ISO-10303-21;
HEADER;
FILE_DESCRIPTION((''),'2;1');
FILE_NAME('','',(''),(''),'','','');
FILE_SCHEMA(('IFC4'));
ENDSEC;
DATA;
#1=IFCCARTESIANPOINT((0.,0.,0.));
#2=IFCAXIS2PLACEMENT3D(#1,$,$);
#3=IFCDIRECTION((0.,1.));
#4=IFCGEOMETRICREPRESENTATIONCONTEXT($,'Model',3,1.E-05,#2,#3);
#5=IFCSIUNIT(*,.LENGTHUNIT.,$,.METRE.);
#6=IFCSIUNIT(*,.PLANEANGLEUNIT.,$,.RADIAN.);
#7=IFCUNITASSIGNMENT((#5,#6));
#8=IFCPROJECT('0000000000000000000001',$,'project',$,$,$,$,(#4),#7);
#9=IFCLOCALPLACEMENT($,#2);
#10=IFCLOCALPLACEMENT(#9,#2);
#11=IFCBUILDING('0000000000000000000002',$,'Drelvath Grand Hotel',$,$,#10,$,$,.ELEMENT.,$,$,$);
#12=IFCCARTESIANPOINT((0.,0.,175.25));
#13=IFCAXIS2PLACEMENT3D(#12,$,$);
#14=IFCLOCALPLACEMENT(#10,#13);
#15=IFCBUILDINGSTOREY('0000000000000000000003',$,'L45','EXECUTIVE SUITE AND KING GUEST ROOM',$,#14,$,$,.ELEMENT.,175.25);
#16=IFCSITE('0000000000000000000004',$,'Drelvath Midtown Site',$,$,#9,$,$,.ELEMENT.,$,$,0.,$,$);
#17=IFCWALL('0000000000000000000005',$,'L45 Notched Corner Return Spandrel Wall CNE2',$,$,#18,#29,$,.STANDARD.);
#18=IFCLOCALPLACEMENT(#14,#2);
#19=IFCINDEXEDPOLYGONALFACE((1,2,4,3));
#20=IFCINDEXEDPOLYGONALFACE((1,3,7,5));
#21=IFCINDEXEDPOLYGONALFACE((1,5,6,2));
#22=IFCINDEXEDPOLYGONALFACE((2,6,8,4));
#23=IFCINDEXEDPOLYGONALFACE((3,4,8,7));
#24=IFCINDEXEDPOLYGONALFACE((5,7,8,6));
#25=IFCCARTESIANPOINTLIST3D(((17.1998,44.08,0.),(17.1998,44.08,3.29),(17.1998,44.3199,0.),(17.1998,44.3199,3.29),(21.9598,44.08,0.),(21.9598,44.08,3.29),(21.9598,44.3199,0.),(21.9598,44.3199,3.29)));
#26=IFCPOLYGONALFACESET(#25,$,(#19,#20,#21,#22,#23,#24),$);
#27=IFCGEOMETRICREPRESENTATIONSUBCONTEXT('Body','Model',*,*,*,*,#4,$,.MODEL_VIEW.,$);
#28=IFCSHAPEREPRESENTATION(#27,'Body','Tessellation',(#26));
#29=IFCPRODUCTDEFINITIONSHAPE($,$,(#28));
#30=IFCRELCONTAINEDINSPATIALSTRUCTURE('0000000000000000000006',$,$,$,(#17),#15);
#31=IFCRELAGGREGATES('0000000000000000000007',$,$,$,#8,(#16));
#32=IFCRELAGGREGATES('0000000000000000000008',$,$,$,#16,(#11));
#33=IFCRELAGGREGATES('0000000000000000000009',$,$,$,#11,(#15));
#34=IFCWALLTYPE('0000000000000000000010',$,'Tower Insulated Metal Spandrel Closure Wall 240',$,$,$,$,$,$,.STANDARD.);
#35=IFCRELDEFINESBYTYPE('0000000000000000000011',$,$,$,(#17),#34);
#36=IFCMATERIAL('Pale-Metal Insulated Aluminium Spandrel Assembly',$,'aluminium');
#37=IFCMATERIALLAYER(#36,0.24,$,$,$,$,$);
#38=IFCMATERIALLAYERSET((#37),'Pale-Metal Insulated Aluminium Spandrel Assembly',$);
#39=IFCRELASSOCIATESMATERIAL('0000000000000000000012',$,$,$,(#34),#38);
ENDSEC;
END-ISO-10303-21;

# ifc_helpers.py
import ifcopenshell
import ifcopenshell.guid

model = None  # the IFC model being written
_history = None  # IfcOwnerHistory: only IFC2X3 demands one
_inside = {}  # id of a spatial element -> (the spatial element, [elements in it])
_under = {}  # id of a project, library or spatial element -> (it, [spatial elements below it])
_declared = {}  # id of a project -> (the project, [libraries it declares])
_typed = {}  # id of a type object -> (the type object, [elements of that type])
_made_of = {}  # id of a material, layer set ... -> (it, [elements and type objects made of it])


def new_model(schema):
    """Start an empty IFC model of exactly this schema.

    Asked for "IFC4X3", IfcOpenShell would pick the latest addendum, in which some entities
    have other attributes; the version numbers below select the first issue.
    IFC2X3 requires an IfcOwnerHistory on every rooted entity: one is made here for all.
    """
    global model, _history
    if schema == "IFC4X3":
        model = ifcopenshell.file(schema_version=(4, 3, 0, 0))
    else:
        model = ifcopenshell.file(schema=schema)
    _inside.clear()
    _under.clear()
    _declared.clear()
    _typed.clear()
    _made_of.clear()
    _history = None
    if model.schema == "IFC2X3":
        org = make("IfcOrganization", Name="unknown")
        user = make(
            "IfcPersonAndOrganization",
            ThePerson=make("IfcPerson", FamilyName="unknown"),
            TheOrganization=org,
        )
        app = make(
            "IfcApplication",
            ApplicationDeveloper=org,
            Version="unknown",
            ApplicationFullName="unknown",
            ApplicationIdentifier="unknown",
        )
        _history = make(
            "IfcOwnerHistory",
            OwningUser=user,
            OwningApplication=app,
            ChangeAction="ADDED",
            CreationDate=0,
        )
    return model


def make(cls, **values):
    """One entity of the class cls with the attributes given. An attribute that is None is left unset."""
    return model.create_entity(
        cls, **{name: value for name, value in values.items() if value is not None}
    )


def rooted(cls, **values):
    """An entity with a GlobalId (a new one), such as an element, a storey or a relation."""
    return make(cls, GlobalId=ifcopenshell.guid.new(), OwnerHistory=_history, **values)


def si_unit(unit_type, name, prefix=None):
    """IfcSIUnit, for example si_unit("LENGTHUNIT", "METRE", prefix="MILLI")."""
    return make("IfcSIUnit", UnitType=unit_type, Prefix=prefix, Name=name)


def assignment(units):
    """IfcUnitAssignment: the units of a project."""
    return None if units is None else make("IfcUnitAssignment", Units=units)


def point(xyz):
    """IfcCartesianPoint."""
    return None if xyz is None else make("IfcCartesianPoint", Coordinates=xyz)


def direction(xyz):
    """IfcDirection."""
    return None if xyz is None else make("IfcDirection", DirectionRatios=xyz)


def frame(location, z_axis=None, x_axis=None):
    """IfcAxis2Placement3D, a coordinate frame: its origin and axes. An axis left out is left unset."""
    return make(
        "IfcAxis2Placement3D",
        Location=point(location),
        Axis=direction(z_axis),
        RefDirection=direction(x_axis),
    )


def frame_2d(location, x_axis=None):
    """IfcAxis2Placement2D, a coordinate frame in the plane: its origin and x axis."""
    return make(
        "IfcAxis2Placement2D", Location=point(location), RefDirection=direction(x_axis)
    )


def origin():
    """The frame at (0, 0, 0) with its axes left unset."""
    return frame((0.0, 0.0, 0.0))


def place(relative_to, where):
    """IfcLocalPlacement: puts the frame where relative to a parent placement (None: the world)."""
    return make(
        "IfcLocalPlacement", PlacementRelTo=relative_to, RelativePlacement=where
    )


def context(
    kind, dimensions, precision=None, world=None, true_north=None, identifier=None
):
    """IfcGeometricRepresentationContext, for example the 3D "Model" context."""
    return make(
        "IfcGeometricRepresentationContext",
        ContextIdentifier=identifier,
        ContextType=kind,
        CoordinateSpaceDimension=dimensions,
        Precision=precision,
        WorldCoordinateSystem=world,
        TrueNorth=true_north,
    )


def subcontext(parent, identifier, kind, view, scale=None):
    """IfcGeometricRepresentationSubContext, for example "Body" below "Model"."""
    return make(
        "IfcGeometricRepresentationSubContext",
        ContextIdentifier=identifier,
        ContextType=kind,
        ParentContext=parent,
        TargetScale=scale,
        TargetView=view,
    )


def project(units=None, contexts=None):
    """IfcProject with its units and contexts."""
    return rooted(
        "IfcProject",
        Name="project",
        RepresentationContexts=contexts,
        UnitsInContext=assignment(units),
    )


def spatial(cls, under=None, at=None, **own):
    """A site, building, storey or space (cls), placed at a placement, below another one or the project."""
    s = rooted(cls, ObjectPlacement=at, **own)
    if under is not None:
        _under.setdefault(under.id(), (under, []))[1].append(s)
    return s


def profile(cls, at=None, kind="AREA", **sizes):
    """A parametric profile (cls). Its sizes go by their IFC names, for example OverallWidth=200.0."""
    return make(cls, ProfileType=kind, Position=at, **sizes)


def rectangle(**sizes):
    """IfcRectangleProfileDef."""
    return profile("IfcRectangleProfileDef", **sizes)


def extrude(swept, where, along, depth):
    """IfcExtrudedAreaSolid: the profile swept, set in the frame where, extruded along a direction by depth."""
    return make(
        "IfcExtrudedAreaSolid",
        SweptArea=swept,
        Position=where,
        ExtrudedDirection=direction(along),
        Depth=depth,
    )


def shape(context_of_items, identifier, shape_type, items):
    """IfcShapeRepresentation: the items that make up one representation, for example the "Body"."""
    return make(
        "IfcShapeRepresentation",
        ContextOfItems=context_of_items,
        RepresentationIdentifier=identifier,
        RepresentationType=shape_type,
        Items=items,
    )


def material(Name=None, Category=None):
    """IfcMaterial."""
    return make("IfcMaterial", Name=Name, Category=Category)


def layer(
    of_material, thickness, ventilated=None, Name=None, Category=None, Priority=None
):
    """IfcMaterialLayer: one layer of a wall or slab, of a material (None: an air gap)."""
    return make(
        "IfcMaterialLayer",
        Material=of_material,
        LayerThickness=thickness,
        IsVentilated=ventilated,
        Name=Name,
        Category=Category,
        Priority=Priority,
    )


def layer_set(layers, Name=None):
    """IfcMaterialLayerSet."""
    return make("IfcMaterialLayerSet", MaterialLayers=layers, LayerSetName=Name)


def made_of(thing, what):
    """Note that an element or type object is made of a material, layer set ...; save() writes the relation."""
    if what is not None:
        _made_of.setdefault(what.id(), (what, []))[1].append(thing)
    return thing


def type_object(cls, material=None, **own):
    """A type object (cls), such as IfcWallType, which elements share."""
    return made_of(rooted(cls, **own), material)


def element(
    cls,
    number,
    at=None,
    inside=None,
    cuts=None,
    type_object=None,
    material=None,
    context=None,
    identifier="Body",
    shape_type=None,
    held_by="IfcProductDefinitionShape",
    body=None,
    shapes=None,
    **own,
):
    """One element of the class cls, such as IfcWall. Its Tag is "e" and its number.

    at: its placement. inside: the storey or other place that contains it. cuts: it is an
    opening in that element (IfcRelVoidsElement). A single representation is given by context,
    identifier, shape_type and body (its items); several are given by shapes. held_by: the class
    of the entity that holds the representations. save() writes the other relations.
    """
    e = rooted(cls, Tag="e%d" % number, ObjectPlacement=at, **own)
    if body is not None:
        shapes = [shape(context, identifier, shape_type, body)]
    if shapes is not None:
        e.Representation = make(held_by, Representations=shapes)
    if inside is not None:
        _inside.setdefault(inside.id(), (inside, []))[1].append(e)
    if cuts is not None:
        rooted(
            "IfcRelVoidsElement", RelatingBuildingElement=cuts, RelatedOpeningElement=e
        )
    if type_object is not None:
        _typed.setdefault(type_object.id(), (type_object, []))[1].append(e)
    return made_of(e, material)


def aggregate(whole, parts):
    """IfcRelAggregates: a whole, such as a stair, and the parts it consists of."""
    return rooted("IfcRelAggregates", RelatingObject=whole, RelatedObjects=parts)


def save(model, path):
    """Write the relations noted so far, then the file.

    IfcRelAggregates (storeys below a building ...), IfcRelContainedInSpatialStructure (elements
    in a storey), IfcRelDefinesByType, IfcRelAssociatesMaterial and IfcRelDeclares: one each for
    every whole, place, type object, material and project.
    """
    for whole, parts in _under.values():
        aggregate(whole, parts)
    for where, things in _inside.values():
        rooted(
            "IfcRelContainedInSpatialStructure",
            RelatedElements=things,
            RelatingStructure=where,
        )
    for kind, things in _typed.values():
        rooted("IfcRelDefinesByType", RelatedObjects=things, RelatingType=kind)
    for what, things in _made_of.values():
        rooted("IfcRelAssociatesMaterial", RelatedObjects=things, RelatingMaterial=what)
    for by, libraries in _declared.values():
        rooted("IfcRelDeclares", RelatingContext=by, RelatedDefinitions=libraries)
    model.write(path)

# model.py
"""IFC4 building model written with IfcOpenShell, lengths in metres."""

from ifc_helpers import new_model, si_unit, direction, frame, frame_2d, origin, place, context, subcontext, project, spatial, rectangle, extrude, material, layer, layer_set, type_object, element, save


model = new_model("IFC4")

# Units and contexts
model_context = context("Model", 3, precision=1e-05, world=origin(), true_north=direction((0.0, 1.0)))
body_context = subcontext(model_context, "Body", "Model", "MODEL_VIEW")
ifc_project = project(units=[si_unit("LENGTHUNIT", "METRE"), si_unit("PLANEANGLEUNIT", "RADIAN")], contexts=[model_context])

# Site, building, storey
site_placement = place(None, origin())
site = spatial("IfcSite", under=ifc_project, at=site_placement, Name="Drelvath Midtown Site", CompositionType="ELEMENT", RefElevation=0.0)
building_placement = place(site_placement, origin())
building = spatial("IfcBuilding", under=site, at=building_placement, Name="Drelvath Grand Hotel", CompositionType="ELEMENT")
storey_placement = place(building_placement, frame((0.0, 0.0, 175.25)))
storey = spatial("IfcBuildingStorey", under=building, at=storey_placement, Name="L45", Description="EXECUTIVE SUITE AND KING GUEST ROOM", CompositionType="ELEMENT", Elevation=175.25)

# Wall
ifc_material_1 = material(Name="Pale-Metal Insulated Aluminium Spandrel Assembly", Category="aluminium")
ifc_layer_1 = layer(ifc_material_1, 0.24)
ifc_layer_set_1 = layer_set([ifc_layer_1], Name="Pale-Metal Insulated Aluminium Spandrel Assembly")
wall_type_1 = type_object("IfcWallType", Name="Tower Insulated Metal Spandrel Closure Wall 240", PredefinedType="STANDARD", material=ifc_layer_set_1)
for number, where, z_axis, x_axis, name in (
    (1, (17.2, 44.2, 0.0), (0.0, 0.0, 1.0), (1.0, 0.0, 0.0), "L45 Notched Corner Return Spandrel Wall CNE2"),
):
    element("IfcWall", number, at=place(storey_placement, frame(where, z_axis=z_axis, x_axis=x_axis)), inside=storey, type_object=wall_type_1, Name=name, PredefinedType="STANDARD", context=body_context, shape_type="SweptSolid", body=[
        extrude(rectangle(XDim=4.76, YDim=0.24, at=frame_2d((2.3799, 0.0))), origin(), (0.0, 0.0, 1.0), 3.29),
    ])

save(model, "model.ifc")
